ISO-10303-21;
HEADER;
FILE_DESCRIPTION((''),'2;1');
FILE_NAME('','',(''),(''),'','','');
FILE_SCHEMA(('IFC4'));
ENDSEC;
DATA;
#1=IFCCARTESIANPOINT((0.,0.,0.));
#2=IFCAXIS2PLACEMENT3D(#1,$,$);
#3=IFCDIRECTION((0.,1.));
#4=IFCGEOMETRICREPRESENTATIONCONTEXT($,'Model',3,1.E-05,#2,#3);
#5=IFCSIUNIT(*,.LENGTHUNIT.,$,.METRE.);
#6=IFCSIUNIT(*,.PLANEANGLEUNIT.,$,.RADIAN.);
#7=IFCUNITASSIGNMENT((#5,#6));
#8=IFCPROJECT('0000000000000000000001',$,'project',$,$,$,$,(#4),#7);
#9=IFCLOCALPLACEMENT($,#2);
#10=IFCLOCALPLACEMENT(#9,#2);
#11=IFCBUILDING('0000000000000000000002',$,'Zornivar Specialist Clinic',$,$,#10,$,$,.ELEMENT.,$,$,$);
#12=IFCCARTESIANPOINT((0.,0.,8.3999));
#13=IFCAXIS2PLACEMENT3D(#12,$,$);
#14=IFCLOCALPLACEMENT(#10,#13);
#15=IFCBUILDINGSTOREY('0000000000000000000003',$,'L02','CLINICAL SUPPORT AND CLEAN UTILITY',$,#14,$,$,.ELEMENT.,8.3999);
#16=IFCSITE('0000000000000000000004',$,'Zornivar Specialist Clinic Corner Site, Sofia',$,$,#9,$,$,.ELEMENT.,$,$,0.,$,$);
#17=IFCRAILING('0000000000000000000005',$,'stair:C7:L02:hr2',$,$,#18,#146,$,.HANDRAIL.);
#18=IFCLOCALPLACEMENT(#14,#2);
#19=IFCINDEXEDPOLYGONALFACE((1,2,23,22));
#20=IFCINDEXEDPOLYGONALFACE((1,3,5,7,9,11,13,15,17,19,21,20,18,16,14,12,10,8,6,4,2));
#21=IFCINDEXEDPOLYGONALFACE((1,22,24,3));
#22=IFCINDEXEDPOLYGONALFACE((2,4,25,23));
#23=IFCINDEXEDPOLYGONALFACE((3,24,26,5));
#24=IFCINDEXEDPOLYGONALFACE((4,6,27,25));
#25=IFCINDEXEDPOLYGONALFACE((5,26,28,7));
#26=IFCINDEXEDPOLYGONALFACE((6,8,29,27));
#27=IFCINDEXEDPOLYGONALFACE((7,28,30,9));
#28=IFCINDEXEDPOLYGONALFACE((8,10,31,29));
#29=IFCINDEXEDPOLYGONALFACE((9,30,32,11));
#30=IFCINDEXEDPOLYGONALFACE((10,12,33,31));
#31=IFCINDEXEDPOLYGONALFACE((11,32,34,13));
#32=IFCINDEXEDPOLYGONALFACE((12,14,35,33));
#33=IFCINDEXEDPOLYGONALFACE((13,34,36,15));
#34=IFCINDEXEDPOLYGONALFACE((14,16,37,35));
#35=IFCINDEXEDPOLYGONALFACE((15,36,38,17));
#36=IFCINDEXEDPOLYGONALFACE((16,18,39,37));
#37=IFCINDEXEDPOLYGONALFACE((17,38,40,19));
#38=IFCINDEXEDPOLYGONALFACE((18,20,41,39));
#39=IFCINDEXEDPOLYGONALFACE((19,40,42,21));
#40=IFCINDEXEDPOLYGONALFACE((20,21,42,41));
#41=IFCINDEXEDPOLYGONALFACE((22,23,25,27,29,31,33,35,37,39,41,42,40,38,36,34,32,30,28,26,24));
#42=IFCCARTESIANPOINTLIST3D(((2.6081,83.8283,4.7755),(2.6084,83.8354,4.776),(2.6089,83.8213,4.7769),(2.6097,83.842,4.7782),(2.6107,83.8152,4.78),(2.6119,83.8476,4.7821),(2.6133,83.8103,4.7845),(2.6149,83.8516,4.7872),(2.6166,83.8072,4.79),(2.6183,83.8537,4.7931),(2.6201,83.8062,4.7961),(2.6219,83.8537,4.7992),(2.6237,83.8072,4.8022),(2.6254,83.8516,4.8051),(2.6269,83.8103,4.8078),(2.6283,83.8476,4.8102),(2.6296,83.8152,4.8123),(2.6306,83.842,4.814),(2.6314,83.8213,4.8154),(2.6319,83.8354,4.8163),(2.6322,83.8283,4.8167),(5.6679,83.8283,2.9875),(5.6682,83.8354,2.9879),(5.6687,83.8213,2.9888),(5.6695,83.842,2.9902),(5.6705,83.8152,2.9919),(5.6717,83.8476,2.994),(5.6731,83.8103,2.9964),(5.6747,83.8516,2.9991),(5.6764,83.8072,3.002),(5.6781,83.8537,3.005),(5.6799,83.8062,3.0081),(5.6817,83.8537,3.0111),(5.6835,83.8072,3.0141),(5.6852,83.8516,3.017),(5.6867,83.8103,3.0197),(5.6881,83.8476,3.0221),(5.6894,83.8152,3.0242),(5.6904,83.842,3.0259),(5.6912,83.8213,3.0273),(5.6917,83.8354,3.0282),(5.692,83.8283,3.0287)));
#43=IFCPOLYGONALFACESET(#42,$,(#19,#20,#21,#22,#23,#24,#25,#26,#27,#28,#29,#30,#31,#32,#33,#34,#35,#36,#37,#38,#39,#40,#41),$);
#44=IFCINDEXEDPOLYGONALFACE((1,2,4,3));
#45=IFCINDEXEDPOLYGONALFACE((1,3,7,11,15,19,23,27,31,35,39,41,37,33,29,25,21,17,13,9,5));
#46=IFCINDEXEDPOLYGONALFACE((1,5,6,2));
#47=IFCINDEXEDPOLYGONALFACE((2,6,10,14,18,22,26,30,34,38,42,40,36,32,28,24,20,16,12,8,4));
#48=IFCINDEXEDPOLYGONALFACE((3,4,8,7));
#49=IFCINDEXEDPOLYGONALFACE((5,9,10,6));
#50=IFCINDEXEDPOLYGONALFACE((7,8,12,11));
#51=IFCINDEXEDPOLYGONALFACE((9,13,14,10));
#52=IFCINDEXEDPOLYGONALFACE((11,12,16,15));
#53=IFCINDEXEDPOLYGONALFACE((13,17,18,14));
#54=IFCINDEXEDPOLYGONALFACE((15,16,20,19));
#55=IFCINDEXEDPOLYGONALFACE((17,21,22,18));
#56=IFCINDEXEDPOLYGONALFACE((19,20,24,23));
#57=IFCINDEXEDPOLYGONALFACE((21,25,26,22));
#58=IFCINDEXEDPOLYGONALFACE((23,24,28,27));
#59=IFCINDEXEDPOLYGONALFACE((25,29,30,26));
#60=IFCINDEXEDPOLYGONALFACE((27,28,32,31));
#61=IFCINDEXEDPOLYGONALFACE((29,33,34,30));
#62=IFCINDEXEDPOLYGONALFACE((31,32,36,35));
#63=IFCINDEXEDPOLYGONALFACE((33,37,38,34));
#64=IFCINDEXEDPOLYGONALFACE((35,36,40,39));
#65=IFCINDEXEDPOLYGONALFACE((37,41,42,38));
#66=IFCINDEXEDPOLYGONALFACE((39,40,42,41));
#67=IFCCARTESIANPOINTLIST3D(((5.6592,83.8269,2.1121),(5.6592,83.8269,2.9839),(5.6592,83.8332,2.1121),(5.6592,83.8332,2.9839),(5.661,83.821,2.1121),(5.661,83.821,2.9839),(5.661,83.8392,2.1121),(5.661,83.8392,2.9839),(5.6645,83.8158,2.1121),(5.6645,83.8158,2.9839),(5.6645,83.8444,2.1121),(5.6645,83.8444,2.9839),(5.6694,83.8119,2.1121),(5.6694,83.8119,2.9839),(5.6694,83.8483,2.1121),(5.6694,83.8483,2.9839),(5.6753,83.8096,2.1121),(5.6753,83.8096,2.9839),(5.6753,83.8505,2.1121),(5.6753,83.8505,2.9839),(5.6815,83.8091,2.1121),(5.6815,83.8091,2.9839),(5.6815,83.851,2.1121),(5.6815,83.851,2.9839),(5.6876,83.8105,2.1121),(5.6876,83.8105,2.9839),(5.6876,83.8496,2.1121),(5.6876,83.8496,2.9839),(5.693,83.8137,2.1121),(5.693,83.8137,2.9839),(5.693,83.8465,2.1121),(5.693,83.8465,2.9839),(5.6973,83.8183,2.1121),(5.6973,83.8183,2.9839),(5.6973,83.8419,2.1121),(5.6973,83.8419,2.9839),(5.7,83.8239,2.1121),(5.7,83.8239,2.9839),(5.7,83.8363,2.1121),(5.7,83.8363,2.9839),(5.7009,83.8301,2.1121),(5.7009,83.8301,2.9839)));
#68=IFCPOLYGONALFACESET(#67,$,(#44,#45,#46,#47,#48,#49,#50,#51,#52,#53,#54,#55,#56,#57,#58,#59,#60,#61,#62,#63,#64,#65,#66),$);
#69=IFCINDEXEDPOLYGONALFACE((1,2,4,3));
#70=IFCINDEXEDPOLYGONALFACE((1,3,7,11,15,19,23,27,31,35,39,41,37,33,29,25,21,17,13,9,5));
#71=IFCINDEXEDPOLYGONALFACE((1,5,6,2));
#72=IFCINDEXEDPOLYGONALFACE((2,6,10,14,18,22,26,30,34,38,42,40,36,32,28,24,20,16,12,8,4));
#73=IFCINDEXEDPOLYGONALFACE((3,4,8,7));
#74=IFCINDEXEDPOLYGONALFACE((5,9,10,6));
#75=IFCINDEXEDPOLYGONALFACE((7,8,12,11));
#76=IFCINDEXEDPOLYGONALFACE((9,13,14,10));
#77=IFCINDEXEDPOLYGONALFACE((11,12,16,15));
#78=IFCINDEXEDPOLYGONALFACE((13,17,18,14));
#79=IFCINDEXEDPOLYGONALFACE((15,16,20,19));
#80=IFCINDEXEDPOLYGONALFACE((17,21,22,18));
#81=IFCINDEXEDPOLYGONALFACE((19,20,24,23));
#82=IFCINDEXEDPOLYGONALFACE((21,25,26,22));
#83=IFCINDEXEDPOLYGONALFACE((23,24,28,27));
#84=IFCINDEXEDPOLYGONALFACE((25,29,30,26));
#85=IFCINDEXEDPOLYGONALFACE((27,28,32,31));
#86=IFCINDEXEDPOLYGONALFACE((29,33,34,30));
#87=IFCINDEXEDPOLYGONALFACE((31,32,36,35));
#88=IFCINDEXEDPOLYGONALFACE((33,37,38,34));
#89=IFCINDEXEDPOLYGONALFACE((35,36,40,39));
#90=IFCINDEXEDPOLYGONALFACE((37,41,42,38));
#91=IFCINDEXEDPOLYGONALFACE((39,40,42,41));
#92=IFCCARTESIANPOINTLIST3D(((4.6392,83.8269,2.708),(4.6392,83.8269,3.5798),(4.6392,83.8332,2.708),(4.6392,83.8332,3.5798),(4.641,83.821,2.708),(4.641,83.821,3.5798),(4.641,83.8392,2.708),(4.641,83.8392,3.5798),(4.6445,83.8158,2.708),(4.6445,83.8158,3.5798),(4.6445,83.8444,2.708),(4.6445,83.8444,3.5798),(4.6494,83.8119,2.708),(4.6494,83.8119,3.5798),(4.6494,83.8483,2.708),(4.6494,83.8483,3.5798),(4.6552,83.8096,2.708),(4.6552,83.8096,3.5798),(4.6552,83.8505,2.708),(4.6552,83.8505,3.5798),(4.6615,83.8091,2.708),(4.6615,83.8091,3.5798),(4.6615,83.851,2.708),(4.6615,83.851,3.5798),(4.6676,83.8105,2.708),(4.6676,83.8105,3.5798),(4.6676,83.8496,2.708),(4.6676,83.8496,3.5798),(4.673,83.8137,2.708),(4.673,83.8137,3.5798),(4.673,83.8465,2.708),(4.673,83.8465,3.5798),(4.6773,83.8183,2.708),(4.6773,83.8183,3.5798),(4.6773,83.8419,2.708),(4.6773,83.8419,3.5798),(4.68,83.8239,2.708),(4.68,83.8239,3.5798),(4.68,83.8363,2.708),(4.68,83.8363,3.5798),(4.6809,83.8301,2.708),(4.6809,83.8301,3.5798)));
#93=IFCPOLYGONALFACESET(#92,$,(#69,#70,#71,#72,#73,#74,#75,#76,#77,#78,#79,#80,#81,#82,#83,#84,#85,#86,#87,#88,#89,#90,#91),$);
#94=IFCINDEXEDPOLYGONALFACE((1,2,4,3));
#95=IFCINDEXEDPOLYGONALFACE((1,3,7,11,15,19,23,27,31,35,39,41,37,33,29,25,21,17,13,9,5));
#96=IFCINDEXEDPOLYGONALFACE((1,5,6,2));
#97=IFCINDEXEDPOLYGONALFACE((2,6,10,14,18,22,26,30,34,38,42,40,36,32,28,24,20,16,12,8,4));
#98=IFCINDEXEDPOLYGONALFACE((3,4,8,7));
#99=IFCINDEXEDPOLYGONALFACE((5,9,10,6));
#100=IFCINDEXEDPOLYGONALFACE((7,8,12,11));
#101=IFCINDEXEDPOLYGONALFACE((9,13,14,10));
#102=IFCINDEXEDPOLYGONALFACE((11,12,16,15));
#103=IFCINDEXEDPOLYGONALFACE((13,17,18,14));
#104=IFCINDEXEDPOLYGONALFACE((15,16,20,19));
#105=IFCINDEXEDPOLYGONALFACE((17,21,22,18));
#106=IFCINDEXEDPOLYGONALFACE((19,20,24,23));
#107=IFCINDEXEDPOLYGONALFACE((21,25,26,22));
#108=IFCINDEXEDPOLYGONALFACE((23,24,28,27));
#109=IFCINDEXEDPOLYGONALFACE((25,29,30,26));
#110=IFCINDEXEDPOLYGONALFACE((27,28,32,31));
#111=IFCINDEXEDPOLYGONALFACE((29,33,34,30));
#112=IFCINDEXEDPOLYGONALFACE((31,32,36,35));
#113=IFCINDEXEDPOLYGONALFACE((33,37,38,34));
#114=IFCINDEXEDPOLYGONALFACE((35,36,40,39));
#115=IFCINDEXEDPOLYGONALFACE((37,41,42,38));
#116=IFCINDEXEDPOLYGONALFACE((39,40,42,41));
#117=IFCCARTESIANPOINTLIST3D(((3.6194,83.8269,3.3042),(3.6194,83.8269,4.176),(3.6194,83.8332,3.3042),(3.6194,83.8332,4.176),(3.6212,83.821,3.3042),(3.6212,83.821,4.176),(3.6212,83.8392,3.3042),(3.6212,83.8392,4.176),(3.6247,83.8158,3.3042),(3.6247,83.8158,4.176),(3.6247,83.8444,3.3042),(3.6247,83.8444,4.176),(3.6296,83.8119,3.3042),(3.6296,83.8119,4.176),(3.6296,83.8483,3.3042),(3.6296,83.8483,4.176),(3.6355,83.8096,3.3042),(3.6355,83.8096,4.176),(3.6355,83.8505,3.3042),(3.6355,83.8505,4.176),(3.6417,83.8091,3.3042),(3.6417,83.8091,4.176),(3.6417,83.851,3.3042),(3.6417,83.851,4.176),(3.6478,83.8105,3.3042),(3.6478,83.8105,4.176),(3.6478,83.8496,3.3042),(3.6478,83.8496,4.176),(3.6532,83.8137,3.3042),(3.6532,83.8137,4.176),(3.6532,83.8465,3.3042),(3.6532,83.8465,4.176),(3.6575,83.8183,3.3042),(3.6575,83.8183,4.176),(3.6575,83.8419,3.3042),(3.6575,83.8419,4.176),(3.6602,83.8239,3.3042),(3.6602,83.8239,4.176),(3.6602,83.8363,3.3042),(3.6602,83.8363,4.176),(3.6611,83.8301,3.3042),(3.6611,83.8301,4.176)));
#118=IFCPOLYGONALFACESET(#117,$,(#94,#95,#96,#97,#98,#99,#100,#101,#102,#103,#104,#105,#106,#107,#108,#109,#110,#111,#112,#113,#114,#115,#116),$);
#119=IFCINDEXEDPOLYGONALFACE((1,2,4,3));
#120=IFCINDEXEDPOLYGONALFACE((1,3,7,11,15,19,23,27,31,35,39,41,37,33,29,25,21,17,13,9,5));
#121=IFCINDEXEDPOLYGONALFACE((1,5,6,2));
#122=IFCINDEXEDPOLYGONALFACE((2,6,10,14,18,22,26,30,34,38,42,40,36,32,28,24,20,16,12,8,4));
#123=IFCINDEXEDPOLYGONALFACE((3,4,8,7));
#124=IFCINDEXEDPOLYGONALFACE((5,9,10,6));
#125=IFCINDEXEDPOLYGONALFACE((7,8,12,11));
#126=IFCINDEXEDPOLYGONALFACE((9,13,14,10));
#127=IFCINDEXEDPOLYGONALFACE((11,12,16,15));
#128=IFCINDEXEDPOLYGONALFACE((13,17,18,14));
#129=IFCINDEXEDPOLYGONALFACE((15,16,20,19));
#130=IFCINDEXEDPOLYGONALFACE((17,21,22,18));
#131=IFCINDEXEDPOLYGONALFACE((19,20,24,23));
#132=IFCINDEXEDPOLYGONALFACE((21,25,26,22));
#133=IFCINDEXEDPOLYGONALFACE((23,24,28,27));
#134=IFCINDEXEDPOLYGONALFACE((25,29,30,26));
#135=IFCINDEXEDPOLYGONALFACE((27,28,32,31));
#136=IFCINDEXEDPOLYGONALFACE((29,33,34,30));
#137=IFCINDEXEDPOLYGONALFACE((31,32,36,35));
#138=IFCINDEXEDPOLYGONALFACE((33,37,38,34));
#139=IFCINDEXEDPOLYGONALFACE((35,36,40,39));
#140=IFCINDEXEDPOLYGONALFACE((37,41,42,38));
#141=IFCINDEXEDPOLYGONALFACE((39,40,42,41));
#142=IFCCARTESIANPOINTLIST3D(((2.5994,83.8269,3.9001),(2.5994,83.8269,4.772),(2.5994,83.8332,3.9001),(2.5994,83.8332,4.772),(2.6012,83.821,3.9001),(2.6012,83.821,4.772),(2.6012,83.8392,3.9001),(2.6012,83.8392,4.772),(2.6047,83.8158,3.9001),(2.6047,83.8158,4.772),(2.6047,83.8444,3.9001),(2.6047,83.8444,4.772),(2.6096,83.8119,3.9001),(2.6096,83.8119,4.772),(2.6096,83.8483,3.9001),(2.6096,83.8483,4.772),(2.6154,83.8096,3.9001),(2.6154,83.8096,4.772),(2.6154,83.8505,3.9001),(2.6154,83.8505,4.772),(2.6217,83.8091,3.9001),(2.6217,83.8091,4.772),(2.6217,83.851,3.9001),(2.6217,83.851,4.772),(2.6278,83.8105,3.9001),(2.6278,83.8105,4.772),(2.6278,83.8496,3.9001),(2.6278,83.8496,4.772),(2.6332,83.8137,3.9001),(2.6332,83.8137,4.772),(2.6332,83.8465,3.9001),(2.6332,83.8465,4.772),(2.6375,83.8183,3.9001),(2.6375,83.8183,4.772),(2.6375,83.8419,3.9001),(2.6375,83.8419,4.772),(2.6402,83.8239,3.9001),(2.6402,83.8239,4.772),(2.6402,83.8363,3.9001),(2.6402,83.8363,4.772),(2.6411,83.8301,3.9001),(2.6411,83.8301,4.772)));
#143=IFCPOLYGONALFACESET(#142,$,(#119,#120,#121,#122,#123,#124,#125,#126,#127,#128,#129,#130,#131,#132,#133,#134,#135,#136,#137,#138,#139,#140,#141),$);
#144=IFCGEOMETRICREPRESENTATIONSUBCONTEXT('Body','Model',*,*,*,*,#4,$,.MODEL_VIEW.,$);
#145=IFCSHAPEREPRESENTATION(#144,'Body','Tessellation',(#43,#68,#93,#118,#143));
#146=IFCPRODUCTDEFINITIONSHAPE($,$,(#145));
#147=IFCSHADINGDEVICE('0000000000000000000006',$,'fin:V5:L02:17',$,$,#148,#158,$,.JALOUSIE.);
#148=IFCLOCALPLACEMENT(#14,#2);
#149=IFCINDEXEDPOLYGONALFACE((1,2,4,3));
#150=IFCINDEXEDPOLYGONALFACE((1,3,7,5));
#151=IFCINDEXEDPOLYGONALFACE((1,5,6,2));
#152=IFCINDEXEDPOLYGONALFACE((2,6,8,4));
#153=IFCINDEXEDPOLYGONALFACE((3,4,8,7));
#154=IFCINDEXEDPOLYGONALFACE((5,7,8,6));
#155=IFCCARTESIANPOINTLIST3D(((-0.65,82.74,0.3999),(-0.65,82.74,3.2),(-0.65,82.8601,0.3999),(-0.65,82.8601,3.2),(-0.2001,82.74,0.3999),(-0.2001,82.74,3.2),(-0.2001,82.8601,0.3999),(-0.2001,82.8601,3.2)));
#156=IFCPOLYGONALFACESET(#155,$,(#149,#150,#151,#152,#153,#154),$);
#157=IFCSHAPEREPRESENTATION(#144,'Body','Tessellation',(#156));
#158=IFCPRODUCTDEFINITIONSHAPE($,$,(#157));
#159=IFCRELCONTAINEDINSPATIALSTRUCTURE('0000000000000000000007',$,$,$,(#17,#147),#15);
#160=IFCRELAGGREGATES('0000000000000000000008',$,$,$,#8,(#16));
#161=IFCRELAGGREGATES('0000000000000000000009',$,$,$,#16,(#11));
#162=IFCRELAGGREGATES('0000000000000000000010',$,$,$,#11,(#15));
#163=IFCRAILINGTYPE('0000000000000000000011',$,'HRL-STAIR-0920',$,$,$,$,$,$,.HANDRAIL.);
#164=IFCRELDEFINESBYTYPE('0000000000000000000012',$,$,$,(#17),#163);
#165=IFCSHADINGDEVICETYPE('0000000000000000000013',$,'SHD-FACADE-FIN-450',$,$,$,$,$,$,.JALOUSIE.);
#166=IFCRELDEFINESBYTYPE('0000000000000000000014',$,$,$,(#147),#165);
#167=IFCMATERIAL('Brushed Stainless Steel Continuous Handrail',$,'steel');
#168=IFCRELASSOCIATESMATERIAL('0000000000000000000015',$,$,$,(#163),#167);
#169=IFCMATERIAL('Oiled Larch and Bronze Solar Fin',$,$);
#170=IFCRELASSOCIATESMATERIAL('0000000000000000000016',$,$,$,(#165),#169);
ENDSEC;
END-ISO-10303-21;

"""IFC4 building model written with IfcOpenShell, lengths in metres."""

from ifc_helpers import new_model, si_unit, direction, frame, origin, origin_2d, place, context, subcontext, project, spatial, rectangle, circle, extrude, material, type_object, element, save


model = new_model("IFC4")

# Units and contexts
model_context = context("Model", 3, precision=1e-05, world=origin(), true_north=direction((0.0, 1.0)))
body_context = subcontext(model_context, "Body", "Model", "MODEL_VIEW")
ifc_project = project(units=[si_unit("LENGTHUNIT", "METRE"), si_unit("PLANEANGLEUNIT", "RADIAN")], contexts=[model_context])

# Site, building, storey
site_placement = place(None, origin())
site = spatial("IfcSite", under=ifc_project, at=site_placement, Name="Zornivar Specialist Clinic Corner Site, Sofia", CompositionType="ELEMENT", RefElevation=0.0)
building_placement = place(site_placement, origin())
building = spatial("IfcBuilding", under=site, at=building_placement, Name="Zornivar Specialist Clinic", CompositionType="ELEMENT")
storey_placement = place(building_placement, frame((0.0, 0.0, 8.3999)))
storey = spatial("IfcBuildingStorey", under=building, at=storey_placement, Name="L02", Description="CLINICAL SUPPORT AND CLEAN UTILITY", CompositionType="ELEMENT", Elevation=8.3999)

# Railing
ifc_material_1 = material(Name="Brushed Stainless Steel Continuous Handrail", Category="steel")
railing_type_1 = type_object("IfcRailingType", Name="HRL-STAIR-0920", PredefinedType="HANDRAIL", material=ifc_material_1)
railing_1_placement = place(storey_placement, frame((5.6799, 83.8301, 2.1121)))
element("IfcRailing", 1, at=railing_1_placement, inside=storey, type_object=railing_type_1, Name="stair:C7:L02:hr2", PredefinedType="HANDRAIL", context=body_context, shape_type="SweptSolid", body=[
    extrude(circle(Radius=0.0239, at=origin_2d()), frame((0.0, 0.0, 0.896), z_axis=(-0.863386, 0.0, 0.504543), x_axis=(0.0, -1.0, 0.0)), (0.0, 0.0, 1.0), 3.5439),
    extrude(circle(Radius=0.021, at=origin_2d()), origin(), (0.0, 0.0, 1.0), 0.8718),
    extrude(circle(Radius=0.021, at=origin_2d()), frame((-1.02, 0.0, 0.5959)), (0.0, 0.0, 1.0), 0.8718),
    extrude(circle(Radius=0.021, at=origin_2d()), frame((-2.0398, 0.0, 1.1921)), (0.0, 0.0, 1.0), 0.8718),
    extrude(circle(Radius=0.021, at=origin_2d()), frame((-3.0598, 0.0, 1.7881)), (0.0, 0.0, 1.0), 0.8718),
])

# Shading device
ifc_material_2 = material(Name="Oiled Larch and Bronze Solar Fin")
shading_device_type = type_object("IfcShadingDeviceType", Name="SHD-FACADE-FIN-450", PredefinedType="JALOUSIE", material=ifc_material_2)
shading_device_placement = place(storey_placement, frame((-0.425, 82.8, 0.3999), z_axis=(0.0, 0.0, 1.0), x_axis=(0.0, -1.0, 0.0)))
element("IfcShadingDevice", 2, at=shading_device_placement, inside=storey, type_object=shading_device_type, Name="fin:V5:L02:17", PredefinedType="JALOUSIE", context=body_context, shape_type="SweptSolid", body=[
    extrude(rectangle(XDim=0.1201, YDim=0.45, at=origin_2d()), origin(), (0.0, 0.0, 1.0), 2.8),
])

save(model, "model.ifc")
